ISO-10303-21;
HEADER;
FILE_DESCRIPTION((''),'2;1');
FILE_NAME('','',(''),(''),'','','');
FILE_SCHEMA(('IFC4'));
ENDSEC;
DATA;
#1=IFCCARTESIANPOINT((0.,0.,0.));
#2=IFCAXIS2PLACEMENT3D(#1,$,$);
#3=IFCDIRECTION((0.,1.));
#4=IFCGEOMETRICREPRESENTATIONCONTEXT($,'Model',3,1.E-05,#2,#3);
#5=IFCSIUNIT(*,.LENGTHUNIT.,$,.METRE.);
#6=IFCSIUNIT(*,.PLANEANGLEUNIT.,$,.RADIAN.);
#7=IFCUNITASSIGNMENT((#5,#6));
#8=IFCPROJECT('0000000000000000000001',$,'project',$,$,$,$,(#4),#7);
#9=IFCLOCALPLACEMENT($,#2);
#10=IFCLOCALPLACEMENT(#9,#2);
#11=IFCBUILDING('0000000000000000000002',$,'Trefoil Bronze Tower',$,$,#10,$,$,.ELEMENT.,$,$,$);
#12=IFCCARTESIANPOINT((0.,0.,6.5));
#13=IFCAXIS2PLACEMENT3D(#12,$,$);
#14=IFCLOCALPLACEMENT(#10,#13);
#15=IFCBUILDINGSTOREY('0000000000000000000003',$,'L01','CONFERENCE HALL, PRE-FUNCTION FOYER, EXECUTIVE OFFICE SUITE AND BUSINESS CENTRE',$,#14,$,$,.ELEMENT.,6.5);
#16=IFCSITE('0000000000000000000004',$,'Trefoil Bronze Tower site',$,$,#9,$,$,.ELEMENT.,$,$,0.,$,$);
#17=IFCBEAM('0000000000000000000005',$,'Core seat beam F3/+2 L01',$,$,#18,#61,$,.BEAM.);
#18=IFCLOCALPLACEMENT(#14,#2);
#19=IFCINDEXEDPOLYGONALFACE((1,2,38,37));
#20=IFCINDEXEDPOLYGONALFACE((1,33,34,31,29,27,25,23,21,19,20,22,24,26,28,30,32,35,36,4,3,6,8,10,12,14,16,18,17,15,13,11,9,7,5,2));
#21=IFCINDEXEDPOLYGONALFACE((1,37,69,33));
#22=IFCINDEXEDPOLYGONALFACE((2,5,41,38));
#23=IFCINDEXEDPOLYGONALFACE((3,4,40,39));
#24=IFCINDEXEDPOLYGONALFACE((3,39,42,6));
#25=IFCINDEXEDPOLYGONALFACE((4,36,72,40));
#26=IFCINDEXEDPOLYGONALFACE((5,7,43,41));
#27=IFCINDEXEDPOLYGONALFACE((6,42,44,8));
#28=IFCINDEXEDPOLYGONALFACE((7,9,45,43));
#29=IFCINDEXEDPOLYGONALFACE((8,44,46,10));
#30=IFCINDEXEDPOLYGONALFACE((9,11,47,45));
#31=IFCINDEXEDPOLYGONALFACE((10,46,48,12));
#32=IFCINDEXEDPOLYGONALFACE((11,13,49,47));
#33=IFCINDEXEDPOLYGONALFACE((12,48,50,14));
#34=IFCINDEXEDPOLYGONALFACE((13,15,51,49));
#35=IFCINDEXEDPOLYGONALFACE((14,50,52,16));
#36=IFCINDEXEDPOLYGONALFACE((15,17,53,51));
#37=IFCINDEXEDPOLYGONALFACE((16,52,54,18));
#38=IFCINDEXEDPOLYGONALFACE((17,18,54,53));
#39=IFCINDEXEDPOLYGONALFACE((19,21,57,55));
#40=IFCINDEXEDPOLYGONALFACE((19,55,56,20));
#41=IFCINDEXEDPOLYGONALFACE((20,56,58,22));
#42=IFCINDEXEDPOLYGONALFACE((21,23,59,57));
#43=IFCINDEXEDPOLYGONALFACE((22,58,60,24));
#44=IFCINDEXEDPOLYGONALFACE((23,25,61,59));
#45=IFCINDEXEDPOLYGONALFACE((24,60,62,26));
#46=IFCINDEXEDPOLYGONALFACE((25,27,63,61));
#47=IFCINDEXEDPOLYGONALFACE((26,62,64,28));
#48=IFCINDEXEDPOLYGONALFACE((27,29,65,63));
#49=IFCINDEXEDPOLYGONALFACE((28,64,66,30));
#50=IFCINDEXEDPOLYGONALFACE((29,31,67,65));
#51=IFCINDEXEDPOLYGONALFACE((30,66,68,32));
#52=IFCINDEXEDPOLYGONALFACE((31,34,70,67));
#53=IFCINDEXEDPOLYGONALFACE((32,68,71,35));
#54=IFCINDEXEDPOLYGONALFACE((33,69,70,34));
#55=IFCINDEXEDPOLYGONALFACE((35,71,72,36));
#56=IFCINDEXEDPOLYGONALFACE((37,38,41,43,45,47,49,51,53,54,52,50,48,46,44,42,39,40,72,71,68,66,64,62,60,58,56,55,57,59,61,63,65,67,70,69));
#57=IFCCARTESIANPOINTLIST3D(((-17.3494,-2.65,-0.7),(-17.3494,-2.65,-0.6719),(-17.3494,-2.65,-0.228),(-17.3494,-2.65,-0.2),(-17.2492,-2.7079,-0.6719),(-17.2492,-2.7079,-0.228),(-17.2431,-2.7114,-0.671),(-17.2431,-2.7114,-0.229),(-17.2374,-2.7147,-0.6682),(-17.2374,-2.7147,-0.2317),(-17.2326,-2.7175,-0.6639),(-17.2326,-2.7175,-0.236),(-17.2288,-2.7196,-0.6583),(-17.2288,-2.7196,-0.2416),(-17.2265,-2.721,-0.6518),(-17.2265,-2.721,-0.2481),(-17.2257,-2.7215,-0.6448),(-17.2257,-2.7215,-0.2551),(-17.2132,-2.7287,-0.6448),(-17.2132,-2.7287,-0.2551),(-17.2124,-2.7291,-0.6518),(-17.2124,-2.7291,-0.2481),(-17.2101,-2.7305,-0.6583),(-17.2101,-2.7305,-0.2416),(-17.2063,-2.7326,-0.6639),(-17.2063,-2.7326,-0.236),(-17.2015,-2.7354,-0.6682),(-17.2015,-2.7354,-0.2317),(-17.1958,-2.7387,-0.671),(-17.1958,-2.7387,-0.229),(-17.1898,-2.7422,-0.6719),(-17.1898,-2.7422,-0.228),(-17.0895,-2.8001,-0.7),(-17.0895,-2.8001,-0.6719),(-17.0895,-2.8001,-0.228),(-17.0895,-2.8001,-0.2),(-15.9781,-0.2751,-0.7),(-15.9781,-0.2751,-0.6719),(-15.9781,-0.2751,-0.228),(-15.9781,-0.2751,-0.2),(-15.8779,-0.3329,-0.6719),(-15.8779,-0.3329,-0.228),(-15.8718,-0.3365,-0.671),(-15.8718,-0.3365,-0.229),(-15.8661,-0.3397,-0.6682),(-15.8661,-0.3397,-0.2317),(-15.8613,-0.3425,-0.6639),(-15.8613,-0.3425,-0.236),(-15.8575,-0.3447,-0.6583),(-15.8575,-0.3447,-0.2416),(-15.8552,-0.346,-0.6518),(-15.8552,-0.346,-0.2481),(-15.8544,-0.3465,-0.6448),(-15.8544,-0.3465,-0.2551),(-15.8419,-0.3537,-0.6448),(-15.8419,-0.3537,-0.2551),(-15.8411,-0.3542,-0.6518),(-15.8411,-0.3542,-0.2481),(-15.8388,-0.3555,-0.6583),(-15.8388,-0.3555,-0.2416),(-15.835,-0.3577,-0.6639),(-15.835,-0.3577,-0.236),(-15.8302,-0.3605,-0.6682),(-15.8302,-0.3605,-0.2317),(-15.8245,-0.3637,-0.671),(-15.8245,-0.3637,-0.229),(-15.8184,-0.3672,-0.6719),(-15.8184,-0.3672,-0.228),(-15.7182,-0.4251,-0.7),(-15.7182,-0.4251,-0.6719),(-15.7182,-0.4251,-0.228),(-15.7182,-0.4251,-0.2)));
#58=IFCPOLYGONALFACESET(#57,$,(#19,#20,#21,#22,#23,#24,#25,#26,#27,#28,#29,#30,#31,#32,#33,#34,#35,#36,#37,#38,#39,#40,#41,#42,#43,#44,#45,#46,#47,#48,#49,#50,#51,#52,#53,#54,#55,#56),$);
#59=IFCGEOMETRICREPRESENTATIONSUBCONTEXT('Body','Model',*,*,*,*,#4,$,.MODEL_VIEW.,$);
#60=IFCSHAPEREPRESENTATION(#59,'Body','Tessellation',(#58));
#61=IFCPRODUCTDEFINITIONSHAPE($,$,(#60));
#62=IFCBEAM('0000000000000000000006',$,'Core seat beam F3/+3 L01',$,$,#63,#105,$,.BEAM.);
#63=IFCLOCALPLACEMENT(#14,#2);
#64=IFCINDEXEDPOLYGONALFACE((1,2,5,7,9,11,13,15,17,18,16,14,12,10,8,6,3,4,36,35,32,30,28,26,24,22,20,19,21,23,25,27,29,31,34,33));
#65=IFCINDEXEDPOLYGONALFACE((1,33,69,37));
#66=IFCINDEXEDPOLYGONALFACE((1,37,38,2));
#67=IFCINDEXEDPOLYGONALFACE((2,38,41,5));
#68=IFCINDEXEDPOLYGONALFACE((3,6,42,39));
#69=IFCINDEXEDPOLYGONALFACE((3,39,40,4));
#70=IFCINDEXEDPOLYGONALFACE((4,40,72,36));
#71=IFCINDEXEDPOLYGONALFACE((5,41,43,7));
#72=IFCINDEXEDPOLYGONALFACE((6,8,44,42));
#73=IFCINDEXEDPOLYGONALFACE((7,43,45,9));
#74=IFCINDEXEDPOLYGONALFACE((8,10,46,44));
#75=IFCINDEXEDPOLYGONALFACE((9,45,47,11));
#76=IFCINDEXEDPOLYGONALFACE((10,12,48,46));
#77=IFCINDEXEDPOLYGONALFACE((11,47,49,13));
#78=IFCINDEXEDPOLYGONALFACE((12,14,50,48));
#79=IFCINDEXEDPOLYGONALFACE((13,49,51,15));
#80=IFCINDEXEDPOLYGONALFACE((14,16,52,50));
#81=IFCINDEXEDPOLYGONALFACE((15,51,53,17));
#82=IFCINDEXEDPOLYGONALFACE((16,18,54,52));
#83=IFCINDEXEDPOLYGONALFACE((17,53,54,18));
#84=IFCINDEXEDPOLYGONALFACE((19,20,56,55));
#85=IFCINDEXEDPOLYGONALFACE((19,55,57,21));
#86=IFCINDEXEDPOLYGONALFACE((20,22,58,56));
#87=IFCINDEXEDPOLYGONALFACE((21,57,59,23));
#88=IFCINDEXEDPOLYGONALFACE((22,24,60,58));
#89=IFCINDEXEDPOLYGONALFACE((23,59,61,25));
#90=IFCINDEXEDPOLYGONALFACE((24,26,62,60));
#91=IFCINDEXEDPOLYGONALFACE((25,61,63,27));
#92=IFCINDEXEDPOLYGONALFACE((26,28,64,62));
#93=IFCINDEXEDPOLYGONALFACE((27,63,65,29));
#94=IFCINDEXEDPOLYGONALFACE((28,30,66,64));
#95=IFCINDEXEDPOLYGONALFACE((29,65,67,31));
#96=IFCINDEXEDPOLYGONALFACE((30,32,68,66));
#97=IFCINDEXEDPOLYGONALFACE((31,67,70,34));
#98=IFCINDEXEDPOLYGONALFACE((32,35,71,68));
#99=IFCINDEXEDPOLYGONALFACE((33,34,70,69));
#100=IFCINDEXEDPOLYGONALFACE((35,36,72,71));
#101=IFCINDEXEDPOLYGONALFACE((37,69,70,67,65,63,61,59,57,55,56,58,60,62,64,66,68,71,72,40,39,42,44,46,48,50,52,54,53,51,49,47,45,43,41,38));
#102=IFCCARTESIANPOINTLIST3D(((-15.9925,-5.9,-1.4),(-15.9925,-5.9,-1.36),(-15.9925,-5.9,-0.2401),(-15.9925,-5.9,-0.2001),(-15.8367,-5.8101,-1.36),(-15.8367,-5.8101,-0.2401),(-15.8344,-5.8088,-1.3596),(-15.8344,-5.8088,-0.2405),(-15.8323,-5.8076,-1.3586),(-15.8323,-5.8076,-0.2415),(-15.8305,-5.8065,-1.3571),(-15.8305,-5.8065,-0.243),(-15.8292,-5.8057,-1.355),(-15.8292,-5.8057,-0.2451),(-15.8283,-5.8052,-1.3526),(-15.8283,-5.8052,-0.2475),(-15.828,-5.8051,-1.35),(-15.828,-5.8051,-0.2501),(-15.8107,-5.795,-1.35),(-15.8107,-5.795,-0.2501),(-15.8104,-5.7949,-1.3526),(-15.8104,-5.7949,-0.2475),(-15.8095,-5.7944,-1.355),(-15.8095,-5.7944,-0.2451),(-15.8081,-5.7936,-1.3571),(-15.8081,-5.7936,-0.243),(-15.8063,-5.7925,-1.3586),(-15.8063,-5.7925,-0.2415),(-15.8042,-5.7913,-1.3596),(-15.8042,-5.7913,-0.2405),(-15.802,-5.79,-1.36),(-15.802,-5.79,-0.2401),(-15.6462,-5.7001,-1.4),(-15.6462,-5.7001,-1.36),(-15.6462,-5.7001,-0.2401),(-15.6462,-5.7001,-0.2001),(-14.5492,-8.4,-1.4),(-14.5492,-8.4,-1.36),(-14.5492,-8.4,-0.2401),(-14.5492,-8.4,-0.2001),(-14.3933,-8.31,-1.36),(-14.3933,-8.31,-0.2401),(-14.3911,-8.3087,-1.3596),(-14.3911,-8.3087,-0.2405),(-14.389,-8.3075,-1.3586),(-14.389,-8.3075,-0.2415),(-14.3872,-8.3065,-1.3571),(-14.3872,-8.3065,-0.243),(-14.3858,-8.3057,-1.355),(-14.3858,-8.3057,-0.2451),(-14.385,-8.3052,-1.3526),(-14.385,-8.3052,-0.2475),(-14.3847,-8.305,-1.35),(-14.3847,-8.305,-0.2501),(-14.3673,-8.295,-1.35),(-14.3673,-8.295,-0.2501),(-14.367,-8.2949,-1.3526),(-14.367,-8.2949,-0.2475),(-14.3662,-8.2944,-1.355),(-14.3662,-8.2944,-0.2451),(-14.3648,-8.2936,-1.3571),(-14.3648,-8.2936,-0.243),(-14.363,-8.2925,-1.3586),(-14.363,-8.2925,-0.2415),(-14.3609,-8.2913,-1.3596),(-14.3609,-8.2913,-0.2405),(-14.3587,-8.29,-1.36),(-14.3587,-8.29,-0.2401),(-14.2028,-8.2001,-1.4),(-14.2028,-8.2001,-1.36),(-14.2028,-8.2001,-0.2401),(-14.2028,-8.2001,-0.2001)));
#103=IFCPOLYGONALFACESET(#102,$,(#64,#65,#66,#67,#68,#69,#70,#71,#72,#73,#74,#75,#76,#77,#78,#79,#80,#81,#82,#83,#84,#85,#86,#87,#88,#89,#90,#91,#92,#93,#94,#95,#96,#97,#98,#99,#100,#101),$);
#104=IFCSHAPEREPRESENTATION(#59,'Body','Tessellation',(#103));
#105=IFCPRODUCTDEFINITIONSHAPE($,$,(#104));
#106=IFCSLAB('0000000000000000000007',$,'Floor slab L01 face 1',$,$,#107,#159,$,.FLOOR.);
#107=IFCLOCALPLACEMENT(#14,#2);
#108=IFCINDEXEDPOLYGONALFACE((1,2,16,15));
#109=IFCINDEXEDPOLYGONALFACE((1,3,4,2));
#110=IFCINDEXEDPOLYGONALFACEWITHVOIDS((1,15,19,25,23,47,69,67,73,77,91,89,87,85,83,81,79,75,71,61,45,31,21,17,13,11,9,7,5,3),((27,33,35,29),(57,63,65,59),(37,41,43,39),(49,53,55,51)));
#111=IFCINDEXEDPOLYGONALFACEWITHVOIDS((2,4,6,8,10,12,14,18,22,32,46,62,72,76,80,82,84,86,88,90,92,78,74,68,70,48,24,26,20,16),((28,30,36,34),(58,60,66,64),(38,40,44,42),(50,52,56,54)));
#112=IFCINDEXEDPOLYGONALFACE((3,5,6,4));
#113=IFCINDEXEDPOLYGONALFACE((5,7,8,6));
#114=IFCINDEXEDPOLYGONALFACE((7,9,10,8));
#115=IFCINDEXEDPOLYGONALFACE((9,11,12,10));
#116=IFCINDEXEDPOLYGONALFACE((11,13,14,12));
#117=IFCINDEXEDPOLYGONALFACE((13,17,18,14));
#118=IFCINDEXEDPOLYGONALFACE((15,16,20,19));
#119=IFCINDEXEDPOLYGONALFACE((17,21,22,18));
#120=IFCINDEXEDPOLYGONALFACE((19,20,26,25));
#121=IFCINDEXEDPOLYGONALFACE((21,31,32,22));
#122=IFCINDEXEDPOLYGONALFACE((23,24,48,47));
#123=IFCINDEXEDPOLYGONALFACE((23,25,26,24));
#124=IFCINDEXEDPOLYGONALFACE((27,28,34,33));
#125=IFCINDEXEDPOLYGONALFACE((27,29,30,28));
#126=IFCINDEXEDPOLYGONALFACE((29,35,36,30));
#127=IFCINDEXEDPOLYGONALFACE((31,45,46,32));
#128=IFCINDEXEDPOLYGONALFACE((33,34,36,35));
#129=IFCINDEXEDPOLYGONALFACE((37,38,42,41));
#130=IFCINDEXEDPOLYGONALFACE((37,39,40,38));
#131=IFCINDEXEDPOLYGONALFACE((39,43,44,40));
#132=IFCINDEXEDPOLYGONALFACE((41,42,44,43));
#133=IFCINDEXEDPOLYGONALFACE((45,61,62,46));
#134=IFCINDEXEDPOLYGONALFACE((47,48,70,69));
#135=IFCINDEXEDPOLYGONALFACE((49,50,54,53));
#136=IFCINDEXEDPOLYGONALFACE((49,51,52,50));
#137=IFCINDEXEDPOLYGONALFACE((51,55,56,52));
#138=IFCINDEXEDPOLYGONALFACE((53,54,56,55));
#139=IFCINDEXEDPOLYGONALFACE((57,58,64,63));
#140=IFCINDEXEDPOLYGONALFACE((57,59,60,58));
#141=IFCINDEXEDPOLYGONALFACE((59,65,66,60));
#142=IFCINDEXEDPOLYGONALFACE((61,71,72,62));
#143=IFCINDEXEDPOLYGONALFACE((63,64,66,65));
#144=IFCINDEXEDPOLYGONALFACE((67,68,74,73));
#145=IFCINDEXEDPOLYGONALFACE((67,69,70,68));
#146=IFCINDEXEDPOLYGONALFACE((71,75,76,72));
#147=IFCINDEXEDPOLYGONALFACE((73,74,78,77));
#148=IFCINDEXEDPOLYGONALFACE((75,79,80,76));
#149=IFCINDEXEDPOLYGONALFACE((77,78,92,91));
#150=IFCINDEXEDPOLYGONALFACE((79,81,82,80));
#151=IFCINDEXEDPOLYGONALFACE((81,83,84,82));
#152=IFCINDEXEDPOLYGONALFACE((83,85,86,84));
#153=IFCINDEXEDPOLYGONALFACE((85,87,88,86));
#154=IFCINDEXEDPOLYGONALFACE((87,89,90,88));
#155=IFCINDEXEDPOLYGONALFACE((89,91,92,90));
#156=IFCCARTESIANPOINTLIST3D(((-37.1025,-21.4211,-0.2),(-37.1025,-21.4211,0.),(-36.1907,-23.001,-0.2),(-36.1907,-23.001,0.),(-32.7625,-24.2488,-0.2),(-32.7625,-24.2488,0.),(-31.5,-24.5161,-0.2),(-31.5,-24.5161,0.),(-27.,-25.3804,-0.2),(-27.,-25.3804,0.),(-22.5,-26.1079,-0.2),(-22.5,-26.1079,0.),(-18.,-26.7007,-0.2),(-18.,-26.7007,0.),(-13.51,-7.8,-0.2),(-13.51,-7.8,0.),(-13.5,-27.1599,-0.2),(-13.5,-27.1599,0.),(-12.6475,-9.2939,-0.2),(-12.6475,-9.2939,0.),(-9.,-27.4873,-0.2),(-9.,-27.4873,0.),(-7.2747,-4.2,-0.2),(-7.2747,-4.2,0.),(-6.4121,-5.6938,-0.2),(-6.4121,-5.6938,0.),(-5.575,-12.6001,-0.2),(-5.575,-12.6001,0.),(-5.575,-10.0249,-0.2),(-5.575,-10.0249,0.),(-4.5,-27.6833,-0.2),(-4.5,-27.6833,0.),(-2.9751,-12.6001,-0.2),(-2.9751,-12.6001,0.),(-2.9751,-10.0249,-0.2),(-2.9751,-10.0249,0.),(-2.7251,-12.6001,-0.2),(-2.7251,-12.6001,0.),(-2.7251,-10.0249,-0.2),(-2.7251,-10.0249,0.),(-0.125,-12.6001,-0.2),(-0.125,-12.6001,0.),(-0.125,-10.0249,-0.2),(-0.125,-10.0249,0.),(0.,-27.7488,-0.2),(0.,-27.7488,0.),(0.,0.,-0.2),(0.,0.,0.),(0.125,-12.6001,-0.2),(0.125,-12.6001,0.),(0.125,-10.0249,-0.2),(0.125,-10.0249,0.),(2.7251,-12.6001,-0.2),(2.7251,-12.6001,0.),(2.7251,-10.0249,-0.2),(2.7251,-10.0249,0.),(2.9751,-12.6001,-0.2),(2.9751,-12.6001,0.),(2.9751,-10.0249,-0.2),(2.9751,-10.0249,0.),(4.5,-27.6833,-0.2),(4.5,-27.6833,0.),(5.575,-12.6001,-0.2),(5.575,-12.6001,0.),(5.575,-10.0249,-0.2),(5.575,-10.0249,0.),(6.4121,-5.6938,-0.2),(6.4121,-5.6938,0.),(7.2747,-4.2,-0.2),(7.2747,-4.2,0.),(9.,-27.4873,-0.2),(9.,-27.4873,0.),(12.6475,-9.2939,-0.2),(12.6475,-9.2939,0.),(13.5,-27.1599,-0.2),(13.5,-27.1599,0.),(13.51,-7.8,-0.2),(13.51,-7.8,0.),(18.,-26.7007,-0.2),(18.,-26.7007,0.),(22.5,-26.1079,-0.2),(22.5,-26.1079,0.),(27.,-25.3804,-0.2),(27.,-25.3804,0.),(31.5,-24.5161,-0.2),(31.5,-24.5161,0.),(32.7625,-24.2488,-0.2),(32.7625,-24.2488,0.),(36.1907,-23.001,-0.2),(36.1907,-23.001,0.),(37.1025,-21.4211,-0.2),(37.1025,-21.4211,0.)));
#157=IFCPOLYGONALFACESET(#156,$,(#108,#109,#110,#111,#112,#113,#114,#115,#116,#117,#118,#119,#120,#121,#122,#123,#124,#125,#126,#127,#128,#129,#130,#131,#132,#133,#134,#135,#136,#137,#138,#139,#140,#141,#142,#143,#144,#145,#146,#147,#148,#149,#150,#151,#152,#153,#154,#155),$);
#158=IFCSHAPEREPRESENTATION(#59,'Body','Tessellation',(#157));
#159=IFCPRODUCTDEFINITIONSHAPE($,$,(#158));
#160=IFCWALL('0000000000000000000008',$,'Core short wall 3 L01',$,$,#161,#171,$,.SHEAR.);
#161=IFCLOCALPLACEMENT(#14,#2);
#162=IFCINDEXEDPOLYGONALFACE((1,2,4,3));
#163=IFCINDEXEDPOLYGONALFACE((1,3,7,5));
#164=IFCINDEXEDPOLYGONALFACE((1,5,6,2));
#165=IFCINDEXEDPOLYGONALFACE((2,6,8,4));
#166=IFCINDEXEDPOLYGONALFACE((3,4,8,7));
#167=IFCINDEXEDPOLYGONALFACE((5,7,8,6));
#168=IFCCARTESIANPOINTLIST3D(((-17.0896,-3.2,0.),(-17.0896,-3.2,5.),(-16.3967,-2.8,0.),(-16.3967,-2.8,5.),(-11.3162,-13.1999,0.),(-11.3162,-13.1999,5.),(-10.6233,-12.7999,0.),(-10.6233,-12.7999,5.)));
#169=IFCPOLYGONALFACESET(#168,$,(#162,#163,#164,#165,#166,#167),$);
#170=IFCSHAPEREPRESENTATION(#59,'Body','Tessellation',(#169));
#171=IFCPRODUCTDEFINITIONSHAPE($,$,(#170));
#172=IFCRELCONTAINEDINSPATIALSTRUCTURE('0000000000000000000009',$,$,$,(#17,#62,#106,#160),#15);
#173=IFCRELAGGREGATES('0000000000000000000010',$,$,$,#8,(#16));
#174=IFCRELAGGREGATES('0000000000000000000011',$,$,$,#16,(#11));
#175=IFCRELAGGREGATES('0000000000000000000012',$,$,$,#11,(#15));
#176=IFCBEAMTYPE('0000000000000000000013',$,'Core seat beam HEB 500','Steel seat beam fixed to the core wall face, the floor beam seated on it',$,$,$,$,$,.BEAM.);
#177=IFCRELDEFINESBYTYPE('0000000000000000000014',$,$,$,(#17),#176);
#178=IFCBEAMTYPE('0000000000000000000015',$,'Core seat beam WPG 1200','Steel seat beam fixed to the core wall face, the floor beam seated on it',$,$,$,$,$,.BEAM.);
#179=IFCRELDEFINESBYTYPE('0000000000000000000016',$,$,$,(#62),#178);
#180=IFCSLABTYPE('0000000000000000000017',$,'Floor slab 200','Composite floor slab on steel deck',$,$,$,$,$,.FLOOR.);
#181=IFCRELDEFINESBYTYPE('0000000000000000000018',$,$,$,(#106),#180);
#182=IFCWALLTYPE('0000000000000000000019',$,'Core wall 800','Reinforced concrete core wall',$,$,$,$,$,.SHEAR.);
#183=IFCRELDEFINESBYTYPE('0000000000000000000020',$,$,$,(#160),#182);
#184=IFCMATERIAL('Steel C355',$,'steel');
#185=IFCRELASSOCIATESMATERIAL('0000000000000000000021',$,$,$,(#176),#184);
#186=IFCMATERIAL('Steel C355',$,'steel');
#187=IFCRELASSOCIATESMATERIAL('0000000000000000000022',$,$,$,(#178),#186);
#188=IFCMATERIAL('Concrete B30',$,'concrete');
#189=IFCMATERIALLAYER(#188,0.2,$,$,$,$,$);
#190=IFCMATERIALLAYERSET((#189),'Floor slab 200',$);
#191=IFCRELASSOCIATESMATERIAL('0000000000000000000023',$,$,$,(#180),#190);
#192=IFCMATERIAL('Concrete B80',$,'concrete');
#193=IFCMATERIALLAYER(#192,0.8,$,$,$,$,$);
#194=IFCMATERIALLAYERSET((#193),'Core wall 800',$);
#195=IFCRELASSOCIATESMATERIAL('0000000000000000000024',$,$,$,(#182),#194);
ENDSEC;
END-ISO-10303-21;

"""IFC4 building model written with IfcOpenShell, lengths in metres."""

from ifc_helpers import new_model, si_unit, direction, frame, frame_2d, origin, origin_2d, place, context, subcontext, project, spatial, polyline, rectangle, i_section, outline, extrude, material, layer, layer_set, material_profile, profile_set, type_object, element, save


model = new_model("IFC4")

# Units and contexts
model_context = context("Model", 3, precision=1e-05, world=origin(), true_north=direction((0.0, 1.0)))
body_context = subcontext(model_context, "Body", "Model", "MODEL_VIEW")
ifc_project = project(units=[si_unit("LENGTHUNIT", "METRE"), si_unit("PLANEANGLEUNIT", "RADIAN")], contexts=[model_context])

# Site, building, storey
site_placement = place(None, origin())
site = spatial("IfcSite", under=ifc_project, at=site_placement, Name="Trefoil Bronze Tower site", CompositionType="ELEMENT", RefElevation=0.0)
building_placement = place(site_placement, origin())
building = spatial("IfcBuilding", under=site, at=building_placement, Name="Trefoil Bronze Tower", CompositionType="ELEMENT")
storey_placement = place(building_placement, frame((0.0, 0.0, 6.5)))
storey = spatial("IfcBuildingStorey", under=building, at=storey_placement, Name="L01", Description="CONFERENCE HALL, PRE-FUNCTION FOYER, EXECUTIVE OFFICE SUITE AND BUSINESS CENTRE", CompositionType="ELEMENT", Elevation=6.5)

# Beams
ifc_material_1 = material(Name="Steel C355", Category="steel")
ifc_material_profile_1 = material_profile(ifc_material_1, i_section(OverallWidth=0.3, OverallDepth=0.5, WebThickness=0.0144, FlangeThickness=0.0281, FilletRadius=0.0271, at=origin_2d()), Name="HEB 500")
ifc_profile_set_1 = profile_set([ifc_material_profile_1], Name="Steel C355")
beam_type_1 = type_object("IfcBeamType", Name="Core seat beam HEB 500", Description="Steel seat beam fixed to the core wall face, the floor beam seated on it", PredefinedType="BEAM", material=ifc_profile_set_1)
beam_1_placement = place(storey_placement, frame((-15.8481, -0.3501, -0.45), z_axis=(-0.500036, -0.866005, 0.0), x_axis=(0.866005, -0.500036, 0.0)))
element("IfcBeam", 1, at=beam_1_placement, inside=storey, type_object=beam_type_1, Name="Core seat beam F3/+2 L01", PredefinedType="BEAM", context=body_context, shape_type="SweptSolid", body=[
    extrude(i_section(OverallWidth=0.3, OverallDepth=0.5, WebThickness=0.0144, FlangeThickness=0.0281, FilletRadius=0.0271, at=origin_2d()), origin(), (0.0, 0.0, 1.0), 2.7424),
])
ifc_material_2 = material(Name="Steel C355", Category="steel")
ifc_material_profile_2 = material_profile(ifc_material_2, i_section(OverallWidth=0.3999, OverallDepth=1.2, WebThickness=0.02, FlangeThickness=0.04, FilletRadius=0.01, at=origin_2d()), Name="WPG 1200")
ifc_profile_set_2 = profile_set([ifc_material_profile_2], Name="Steel C355")
beam_type_2 = type_object("IfcBeamType", Name="Core seat beam WPG 1200", Description="Steel seat beam fixed to the core wall face, the floor beam seated on it", PredefinedType="BEAM", material=ifc_profile_set_2)
beam_2_placement = place(storey_placement, frame((-15.8193, -5.8, -0.8), z_axis=(0.499996, -0.866028, 0.0), x_axis=(0.866028, 0.499996, 0.0)))
element("IfcBeam", 2, at=beam_2_placement, inside=storey, type_object=beam_type_2, Name="Core seat beam F3/+3 L01", PredefinedType="BEAM", context=body_context, shape_type="SweptSolid", body=[
    extrude(i_section(OverallWidth=0.3999, OverallDepth=1.2, WebThickness=0.02, FlangeThickness=0.04, FilletRadius=0.01, at=origin_2d()), origin(), (0.0, 0.0, 1.0), 2.8867),
])

# Slab
ifc_material_3 = material(Name="Concrete B30", Category="concrete")
ifc_layer_1 = layer(ifc_material_3, 0.2)
ifc_layer_set_1 = layer_set([ifc_layer_1], Name="Floor slab 200")
slab_type = type_object("IfcSlabType", Name="Floor slab 200", Description="Composite floor slab on steel deck", PredefinedType="FLOOR", material=ifc_layer_set_1)
slab_placement = place(storey_placement, frame((0.0, 0.0, -0.2)))
element("IfcSlab", 3, at=slab_placement, inside=storey, type_object=slab_type, Name="Floor slab L01 face 1", PredefinedType="FLOOR", context=body_context, shape_type="SweptSolid", body=[
    extrude(outline(polyline([(27.0, -25.3804), (22.5, -26.1079), (18.0, -26.7007), (13.5, -27.1599), (9.0, -27.4873), (4.5, -27.6833), (0.0, -27.7488), (-4.5, -27.6833), (-9.0, -27.4873), (-13.5, -27.1599), (-18.0, -26.7007), (-22.5, -26.1079), (-27.0, -25.3804), (-31.5, -24.5161), (-32.7625, -24.2488), (-36.1907, -23.001), (-37.1025, -21.4211), (-13.51, -7.8), (-12.6475, -9.2939), (-6.4121, -5.6938), (-7.2747, -4.2), (0.0, 0.0), (7.2747, -4.2), (6.4121, -5.6938), (12.6475, -9.2939), (13.51, -7.8), (37.1025, -21.4211), (36.1907, -23.001), (32.7625, -24.2488), (31.5, -24.5161), (27.0, -25.3804)]), holes=[polyline([(-5.575, -10.0249), (-2.9751, -10.0249), (-2.9751, -12.6001), (-5.575, -12.6001), (-5.575, -10.0249)]), polyline([(-2.7251, -10.0249), (-0.125, -10.0249), (-0.125, -12.6001), (-2.7251, -12.6001), (-2.7251, -10.0249)]), polyline([(0.125, -10.0249), (2.7251, -10.0249), (2.7251, -12.6001), (0.125, -12.6001), (0.125, -10.0249)]), polyline([(2.9751, -10.0249), (5.575, -10.0249), (5.575, -12.6001), (2.9751, -12.6001), (2.9751, -10.0249)])]), origin(), (0.0, 0.0, 1.0), 0.2),
])

# Wall
ifc_material_4 = material(Name="Concrete B80", Category="concrete")
ifc_layer_2 = layer(ifc_material_4, 0.8)
ifc_layer_set_2 = layer_set([ifc_layer_2], Name="Core wall 800")
wall_type_1 = type_object("IfcWallType", Name="Core wall 800", Description="Reinforced concrete core wall", PredefinedType="SHEAR", material=ifc_layer_set_2)
wall_1_placement = place(storey_placement, frame((-16.7432, -3.0, 0.0), z_axis=(0.0, 0.0, 1.0), x_axis=(0.499996, -0.866028, 0.0)))
element("IfcWall", 4, at=wall_1_placement, inside=storey, type_object=wall_type_1, Name="Core short wall 3 L01", PredefinedType="SHEAR", context=body_context, shape_type="SweptSolid", body=[
    extrude(rectangle(XDim=11.5469, YDim=0.8, at=frame_2d((5.7734, 0.0))), origin(), (0.0, 0.0, 1.0), 5.0),
])

save(model, "model.ifc")
